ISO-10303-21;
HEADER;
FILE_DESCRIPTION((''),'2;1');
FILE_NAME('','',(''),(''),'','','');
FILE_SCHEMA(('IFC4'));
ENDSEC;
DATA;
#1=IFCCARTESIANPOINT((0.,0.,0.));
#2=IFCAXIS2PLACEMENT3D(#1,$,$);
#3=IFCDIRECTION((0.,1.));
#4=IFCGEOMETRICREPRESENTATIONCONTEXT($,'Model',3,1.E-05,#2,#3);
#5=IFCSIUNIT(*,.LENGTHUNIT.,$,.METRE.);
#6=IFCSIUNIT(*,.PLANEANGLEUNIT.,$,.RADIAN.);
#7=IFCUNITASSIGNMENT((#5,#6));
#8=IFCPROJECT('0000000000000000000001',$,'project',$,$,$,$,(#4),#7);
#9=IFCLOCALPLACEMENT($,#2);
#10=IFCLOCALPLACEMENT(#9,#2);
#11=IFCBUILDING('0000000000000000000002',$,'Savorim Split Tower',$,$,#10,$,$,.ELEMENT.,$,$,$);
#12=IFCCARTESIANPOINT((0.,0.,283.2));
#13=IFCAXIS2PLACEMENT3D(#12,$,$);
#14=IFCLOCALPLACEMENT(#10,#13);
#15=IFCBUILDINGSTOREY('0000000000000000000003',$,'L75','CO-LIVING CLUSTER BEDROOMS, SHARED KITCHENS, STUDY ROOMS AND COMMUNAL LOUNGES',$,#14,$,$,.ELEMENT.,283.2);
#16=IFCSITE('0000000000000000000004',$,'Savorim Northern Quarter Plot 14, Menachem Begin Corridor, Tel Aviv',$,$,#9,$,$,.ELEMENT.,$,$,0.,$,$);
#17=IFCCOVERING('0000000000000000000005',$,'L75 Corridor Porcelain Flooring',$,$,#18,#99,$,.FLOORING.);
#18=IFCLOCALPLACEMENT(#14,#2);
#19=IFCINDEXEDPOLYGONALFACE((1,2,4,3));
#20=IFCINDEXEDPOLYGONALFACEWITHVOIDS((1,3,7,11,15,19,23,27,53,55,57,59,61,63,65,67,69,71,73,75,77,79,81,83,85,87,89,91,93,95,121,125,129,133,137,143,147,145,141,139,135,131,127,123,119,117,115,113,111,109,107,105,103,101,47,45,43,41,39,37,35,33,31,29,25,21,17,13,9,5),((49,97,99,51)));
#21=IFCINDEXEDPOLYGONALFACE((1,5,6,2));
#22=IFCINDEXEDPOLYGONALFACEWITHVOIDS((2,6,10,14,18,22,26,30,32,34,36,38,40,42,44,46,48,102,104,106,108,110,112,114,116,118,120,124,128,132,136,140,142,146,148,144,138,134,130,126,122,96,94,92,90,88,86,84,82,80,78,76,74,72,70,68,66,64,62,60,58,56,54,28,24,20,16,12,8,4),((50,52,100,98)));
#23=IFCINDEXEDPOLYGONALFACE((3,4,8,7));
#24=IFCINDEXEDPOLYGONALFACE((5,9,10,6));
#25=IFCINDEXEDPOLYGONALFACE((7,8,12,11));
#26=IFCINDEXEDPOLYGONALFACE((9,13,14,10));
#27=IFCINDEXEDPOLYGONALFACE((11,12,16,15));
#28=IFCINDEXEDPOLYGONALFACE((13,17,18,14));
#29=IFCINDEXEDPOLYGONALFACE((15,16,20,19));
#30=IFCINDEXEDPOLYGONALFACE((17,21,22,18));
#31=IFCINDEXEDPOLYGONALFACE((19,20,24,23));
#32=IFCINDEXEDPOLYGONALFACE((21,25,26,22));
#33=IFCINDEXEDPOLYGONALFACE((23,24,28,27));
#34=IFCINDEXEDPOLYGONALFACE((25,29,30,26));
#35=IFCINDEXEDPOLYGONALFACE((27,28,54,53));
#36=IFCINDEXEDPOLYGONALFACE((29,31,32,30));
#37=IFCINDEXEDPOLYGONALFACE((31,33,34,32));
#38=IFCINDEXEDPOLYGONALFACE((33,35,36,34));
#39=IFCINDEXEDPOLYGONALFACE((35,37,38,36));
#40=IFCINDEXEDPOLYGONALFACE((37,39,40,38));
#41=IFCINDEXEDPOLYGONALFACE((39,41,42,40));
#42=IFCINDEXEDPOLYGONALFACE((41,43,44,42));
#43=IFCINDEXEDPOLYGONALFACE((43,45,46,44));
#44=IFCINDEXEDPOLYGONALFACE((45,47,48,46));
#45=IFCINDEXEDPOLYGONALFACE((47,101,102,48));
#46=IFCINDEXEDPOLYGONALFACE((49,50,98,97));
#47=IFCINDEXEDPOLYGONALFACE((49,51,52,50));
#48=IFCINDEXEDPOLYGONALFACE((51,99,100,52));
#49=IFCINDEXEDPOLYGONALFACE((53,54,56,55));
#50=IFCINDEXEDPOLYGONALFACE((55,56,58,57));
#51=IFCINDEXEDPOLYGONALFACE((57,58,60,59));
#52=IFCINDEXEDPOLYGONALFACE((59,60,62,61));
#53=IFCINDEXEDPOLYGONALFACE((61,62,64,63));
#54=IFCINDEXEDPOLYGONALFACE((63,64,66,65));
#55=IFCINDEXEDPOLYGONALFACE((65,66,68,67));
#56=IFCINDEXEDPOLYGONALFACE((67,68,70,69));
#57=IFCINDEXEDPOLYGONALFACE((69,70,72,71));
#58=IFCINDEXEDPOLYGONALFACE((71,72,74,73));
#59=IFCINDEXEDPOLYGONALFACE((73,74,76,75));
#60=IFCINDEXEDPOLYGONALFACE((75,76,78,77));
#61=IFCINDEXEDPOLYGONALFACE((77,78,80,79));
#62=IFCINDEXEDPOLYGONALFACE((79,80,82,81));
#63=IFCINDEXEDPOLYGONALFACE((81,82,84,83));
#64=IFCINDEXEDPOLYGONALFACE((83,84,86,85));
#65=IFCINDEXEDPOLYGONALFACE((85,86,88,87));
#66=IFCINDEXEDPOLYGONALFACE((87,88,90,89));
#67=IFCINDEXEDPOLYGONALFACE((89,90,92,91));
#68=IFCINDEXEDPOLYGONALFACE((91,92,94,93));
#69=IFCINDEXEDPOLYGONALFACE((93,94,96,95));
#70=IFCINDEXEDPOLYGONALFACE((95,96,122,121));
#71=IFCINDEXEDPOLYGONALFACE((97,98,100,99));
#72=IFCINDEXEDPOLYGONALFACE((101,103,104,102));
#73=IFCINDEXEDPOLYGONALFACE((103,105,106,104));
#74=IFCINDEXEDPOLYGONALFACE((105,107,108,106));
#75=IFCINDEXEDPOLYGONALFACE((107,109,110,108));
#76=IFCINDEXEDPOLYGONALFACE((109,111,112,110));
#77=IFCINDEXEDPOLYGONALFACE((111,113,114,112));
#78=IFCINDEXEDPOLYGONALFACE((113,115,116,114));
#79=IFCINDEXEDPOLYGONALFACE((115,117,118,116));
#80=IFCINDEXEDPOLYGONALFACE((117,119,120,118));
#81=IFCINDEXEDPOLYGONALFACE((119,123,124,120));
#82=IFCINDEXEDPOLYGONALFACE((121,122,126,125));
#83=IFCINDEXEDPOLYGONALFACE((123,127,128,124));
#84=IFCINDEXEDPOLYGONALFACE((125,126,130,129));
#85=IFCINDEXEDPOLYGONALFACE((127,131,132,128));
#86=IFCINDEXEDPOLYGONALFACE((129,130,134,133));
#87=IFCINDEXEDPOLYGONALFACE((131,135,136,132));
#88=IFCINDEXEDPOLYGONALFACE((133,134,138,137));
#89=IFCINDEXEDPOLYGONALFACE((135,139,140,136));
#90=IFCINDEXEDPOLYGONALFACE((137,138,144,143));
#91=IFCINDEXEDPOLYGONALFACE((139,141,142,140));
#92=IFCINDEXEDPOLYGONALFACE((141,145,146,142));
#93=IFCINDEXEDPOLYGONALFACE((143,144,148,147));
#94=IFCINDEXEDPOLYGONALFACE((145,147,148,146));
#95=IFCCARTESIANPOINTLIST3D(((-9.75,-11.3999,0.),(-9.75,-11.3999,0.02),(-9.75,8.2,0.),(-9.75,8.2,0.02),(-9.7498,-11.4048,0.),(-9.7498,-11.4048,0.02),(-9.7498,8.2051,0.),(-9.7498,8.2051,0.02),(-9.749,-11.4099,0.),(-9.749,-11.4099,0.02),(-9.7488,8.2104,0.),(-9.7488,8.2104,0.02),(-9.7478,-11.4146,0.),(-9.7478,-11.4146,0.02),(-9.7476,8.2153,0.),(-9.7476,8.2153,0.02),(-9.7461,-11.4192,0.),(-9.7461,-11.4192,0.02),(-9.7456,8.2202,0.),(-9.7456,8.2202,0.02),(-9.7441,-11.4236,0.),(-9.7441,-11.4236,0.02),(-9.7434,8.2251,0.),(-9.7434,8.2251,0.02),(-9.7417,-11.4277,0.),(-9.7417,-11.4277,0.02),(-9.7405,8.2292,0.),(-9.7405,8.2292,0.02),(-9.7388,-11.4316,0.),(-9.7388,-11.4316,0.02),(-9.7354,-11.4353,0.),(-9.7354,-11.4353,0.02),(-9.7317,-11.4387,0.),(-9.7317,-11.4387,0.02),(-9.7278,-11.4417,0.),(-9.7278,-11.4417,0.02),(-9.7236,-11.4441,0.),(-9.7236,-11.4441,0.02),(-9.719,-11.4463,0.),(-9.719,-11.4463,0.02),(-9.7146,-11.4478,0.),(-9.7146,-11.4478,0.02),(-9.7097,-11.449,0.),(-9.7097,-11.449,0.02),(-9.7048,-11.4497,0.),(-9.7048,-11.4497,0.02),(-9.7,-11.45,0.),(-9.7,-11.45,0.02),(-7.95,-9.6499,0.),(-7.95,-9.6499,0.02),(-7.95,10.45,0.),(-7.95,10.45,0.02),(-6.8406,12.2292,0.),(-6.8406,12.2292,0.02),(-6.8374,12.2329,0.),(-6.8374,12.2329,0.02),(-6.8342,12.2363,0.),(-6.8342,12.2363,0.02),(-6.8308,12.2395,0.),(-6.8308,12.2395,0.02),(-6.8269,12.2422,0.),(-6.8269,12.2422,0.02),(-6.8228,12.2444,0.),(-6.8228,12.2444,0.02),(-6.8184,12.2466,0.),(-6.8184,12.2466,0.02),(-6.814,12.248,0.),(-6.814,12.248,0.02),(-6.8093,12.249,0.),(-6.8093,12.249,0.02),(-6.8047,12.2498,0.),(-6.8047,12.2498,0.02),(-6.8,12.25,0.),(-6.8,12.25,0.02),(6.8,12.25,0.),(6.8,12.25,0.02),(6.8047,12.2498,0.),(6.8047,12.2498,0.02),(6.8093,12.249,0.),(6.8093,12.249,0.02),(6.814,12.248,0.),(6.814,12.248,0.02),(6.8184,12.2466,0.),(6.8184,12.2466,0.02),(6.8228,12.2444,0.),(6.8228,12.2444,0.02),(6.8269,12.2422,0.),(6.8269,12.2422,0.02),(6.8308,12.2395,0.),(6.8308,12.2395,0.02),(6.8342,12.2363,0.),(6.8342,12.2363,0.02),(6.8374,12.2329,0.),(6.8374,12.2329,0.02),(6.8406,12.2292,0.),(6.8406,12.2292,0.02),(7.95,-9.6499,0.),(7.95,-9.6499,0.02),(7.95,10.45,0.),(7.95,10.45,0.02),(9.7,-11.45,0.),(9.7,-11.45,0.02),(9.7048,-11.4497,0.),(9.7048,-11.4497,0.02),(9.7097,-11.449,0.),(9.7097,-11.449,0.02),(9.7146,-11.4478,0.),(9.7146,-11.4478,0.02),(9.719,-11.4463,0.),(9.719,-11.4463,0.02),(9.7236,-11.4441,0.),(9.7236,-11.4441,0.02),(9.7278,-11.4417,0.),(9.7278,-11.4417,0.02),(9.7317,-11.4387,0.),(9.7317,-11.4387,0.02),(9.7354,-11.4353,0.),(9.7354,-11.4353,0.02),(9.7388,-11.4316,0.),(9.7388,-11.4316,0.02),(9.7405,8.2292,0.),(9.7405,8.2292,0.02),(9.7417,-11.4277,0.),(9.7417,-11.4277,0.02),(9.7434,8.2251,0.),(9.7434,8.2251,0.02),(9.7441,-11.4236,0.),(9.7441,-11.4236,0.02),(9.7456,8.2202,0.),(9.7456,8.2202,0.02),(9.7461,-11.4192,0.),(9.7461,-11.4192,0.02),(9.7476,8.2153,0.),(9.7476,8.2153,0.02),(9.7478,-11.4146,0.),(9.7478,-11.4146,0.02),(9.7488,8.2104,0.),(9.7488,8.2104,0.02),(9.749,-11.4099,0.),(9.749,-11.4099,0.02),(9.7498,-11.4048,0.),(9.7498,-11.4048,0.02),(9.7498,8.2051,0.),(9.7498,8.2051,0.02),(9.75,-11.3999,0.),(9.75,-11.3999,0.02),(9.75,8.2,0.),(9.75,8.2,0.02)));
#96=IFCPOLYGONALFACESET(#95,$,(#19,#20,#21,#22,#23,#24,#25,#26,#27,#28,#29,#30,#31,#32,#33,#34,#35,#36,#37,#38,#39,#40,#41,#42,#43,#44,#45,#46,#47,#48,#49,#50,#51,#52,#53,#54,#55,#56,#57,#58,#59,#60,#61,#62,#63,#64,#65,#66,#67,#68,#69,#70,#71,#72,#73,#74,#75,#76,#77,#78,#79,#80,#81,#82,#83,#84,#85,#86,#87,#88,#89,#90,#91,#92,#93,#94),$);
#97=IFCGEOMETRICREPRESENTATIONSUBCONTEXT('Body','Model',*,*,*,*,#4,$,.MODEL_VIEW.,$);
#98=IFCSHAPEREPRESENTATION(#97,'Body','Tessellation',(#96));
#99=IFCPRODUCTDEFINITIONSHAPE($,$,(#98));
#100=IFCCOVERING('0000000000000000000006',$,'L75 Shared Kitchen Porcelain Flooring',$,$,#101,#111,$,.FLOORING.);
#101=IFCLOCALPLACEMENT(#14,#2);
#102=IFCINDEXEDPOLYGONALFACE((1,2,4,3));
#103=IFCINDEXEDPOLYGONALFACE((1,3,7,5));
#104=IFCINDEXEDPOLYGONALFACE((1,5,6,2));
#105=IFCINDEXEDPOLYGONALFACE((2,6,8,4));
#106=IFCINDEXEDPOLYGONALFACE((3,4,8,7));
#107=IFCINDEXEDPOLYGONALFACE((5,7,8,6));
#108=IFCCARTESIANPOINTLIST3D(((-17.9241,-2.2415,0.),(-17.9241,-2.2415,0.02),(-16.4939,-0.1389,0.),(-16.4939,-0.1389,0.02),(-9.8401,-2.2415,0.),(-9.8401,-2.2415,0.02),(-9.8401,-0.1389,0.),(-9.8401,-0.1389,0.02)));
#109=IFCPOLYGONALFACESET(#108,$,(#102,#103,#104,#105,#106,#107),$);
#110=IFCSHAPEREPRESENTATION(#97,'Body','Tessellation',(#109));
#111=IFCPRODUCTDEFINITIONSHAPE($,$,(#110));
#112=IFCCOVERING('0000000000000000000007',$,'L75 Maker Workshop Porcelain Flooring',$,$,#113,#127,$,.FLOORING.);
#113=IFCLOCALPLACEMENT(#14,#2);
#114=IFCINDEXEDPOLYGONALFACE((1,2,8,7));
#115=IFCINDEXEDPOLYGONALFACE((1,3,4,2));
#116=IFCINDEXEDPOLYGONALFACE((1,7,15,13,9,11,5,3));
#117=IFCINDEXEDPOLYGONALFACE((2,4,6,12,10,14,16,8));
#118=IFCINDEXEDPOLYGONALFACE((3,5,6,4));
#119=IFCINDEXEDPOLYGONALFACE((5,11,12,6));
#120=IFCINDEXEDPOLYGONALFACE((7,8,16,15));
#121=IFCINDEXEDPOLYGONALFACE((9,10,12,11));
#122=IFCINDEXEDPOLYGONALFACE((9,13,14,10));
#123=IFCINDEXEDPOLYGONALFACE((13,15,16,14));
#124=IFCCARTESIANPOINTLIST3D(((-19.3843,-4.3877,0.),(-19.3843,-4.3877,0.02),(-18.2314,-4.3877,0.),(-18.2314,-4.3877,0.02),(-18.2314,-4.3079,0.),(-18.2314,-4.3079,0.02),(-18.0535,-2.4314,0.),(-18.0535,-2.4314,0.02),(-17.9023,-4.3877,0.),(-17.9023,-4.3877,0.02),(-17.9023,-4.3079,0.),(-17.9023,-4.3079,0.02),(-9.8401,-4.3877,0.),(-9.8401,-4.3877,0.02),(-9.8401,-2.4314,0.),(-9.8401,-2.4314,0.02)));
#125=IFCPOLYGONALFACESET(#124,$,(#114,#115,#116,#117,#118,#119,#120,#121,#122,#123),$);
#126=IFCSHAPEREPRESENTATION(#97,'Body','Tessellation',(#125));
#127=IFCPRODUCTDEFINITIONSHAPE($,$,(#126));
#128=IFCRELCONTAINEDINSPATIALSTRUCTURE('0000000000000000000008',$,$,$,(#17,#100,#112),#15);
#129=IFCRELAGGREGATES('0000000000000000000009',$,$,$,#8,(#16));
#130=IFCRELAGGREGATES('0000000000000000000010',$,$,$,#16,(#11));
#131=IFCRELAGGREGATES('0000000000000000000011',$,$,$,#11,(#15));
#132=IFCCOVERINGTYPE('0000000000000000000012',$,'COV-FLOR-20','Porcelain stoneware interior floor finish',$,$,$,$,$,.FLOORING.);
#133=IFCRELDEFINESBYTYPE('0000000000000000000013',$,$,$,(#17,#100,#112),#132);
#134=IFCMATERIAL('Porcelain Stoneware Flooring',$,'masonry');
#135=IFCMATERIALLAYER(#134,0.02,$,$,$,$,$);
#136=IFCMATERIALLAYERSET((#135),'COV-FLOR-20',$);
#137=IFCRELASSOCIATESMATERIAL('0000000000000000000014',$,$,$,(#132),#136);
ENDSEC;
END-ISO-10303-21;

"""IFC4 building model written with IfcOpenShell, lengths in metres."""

from ifc_helpers import new_model, si_unit, direction, frame, origin, place, context, subcontext, project, spatial, polyline, outline, extrude, material, layer, layer_set, type_object, element, save


model = new_model("IFC4")

# Units and contexts
model_context = context("Model", 3, precision=1e-05, world=origin(), true_north=direction((0.0, 1.0)))
body_context = subcontext(model_context, "Body", "Model", "MODEL_VIEW")
ifc_project = project(units=[si_unit("LENGTHUNIT", "METRE"), si_unit("PLANEANGLEUNIT", "RADIAN")], contexts=[model_context])

# Site, building, storey
site_placement = place(None, origin())
site = spatial("IfcSite", under=ifc_project, at=site_placement, Name="Savorim Northern Quarter Plot 14, Menachem Begin Corridor, Tel Aviv", CompositionType="ELEMENT", RefElevation=0.0)
building_placement = place(site_placement, origin())
building = spatial("IfcBuilding", under=site, at=building_placement, Name="Savorim Split Tower", CompositionType="ELEMENT")
storey_placement = place(building_placement, frame((0.0, 0.0, 283.2)))
storey = spatial("IfcBuildingStorey", under=building, at=storey_placement, Name="L75", Description="CO-LIVING CLUSTER BEDROOMS, SHARED KITCHENS, STUDY ROOMS AND COMMUNAL LOUNGES", CompositionType="ELEMENT", Elevation=283.2)

# Coverings
ifc_material_1 = material(Name="Porcelain Stoneware Flooring", Category="masonry")
ifc_layer_1 = layer(ifc_material_1, 0.02)
ifc_layer_set_1 = layer_set([ifc_layer_1], Name="COV-FLOR-20")
covering_type_1 = type_object("IfcCoveringType", Name="COV-FLOR-20", Description="Porcelain stoneware interior floor finish", PredefinedType="FLOORING", material=ifc_layer_set_1)
covering_1_placement = place(storey_placement, origin())
element("IfcCovering", 1, at=covering_1_placement, inside=storey, type_object=covering_type_1, Name="L75 Corridor Porcelain Flooring", PredefinedType="FLOORING", context=body_context, shape_type="SweptSolid", body=[
    extrude(outline(polyline([(6.8093, 12.249), (6.8047, 12.2498), (6.8, 12.25), (-6.8, 12.25), (-6.8047, 12.2498), (-6.8093, 12.249), (-6.814, 12.248), (-6.8184, 12.2466), (-6.8228, 12.2444), (-6.8269, 12.2422), (-6.8308, 12.2395), (-6.8342, 12.2363), (-6.8374, 12.2329), (-6.8406, 12.2292), (-9.7405, 8.2292), (-9.7434, 8.2251), (-9.7456, 8.2202), (-9.7476, 8.2153), (-9.7488, 8.2104), (-9.7498, 8.2051), (-9.75, 8.2), (-9.75, -11.3999), (-9.7498, -11.4048), (-9.749, -11.4099), (-9.7478, -11.4146), (-9.7461, -11.4192), (-9.7441, -11.4236), (-9.7417, -11.4277), (-9.7388, -11.4316), (-9.7354, -11.4353), (-9.7317, -11.4387), (-9.7278, -11.4417), (-9.7236, -11.4441), (-9.719, -11.4463), (-9.7146, -11.4478), (-9.7097, -11.449), (-9.7048, -11.4497), (-9.7, -11.45), (9.7, -11.45), (9.7048, -11.4497), (9.7097, -11.449), (9.7146, -11.4478), (9.719, -11.4463), (9.7236, -11.4441), (9.7278, -11.4417), (9.7317, -11.4387), (9.7354, -11.4353), (9.7388, -11.4316), (9.7417, -11.4277), (9.7441, -11.4236), (9.7461, -11.4192), (9.7478, -11.4146), (9.749, -11.4099), (9.7498, -11.4048), (9.75, -11.3999), (9.75, 8.2), (9.7498, 8.2051), (9.7488, 8.2104), (9.7476, 8.2153), (9.7456, 8.2202), (9.7434, 8.2251), (9.7405, 8.2292), (6.8406, 12.2292), (6.8374, 12.2329), (6.8342, 12.2363), (6.8308, 12.2395), (6.8269, 12.2422), (6.8228, 12.2444), (6.8184, 12.2466), (6.814, 12.248), (6.8093, 12.249)]), holes=[polyline([(-7.95, 10.45), (-7.95, -9.6499), (7.95, -9.6499), (7.95, 10.45), (-7.95, 10.45)])]), origin(), (0.0, 0.0, 1.0), 0.02),
])
covering_2_placement = place(storey_placement, origin())
element("IfcCovering", 2, at=covering_2_placement, inside=storey, type_object=covering_type_1, Name="L75 Shared Kitchen Porcelain Flooring", PredefinedType="FLOORING", context=body_context, shape_type="SweptSolid", body=[
    extrude(outline(polyline([(-16.4939, -0.1389), (-17.9241, -2.2415), (-9.8401, -2.2415), (-9.8401, -0.1389), (-16.4939, -0.1389)])), origin(), (0.0, 0.0, 1.0), 0.02),
])
covering_3_placement = place(storey_placement, origin())
element("IfcCovering", 3, at=covering_3_placement, inside=storey, type_object=covering_type_1, Name="L75 Maker Workshop Porcelain Flooring", PredefinedType="FLOORING", context=body_context, shape_type="SweptSolid", body=[
    extrude(outline(polyline([(-17.9023, -4.3079), (-17.9023, -4.3877), (-9.8401, -4.3877), (-9.8401, -2.4314), (-18.0535, -2.4314), (-19.3843, -4.3877), (-18.2314, -4.3877), (-18.2314, -4.3079), (-17.9023, -4.3079)])), origin(), (0.0, 0.0, 1.0), 0.02),
])

save(model, "model.ifc")
